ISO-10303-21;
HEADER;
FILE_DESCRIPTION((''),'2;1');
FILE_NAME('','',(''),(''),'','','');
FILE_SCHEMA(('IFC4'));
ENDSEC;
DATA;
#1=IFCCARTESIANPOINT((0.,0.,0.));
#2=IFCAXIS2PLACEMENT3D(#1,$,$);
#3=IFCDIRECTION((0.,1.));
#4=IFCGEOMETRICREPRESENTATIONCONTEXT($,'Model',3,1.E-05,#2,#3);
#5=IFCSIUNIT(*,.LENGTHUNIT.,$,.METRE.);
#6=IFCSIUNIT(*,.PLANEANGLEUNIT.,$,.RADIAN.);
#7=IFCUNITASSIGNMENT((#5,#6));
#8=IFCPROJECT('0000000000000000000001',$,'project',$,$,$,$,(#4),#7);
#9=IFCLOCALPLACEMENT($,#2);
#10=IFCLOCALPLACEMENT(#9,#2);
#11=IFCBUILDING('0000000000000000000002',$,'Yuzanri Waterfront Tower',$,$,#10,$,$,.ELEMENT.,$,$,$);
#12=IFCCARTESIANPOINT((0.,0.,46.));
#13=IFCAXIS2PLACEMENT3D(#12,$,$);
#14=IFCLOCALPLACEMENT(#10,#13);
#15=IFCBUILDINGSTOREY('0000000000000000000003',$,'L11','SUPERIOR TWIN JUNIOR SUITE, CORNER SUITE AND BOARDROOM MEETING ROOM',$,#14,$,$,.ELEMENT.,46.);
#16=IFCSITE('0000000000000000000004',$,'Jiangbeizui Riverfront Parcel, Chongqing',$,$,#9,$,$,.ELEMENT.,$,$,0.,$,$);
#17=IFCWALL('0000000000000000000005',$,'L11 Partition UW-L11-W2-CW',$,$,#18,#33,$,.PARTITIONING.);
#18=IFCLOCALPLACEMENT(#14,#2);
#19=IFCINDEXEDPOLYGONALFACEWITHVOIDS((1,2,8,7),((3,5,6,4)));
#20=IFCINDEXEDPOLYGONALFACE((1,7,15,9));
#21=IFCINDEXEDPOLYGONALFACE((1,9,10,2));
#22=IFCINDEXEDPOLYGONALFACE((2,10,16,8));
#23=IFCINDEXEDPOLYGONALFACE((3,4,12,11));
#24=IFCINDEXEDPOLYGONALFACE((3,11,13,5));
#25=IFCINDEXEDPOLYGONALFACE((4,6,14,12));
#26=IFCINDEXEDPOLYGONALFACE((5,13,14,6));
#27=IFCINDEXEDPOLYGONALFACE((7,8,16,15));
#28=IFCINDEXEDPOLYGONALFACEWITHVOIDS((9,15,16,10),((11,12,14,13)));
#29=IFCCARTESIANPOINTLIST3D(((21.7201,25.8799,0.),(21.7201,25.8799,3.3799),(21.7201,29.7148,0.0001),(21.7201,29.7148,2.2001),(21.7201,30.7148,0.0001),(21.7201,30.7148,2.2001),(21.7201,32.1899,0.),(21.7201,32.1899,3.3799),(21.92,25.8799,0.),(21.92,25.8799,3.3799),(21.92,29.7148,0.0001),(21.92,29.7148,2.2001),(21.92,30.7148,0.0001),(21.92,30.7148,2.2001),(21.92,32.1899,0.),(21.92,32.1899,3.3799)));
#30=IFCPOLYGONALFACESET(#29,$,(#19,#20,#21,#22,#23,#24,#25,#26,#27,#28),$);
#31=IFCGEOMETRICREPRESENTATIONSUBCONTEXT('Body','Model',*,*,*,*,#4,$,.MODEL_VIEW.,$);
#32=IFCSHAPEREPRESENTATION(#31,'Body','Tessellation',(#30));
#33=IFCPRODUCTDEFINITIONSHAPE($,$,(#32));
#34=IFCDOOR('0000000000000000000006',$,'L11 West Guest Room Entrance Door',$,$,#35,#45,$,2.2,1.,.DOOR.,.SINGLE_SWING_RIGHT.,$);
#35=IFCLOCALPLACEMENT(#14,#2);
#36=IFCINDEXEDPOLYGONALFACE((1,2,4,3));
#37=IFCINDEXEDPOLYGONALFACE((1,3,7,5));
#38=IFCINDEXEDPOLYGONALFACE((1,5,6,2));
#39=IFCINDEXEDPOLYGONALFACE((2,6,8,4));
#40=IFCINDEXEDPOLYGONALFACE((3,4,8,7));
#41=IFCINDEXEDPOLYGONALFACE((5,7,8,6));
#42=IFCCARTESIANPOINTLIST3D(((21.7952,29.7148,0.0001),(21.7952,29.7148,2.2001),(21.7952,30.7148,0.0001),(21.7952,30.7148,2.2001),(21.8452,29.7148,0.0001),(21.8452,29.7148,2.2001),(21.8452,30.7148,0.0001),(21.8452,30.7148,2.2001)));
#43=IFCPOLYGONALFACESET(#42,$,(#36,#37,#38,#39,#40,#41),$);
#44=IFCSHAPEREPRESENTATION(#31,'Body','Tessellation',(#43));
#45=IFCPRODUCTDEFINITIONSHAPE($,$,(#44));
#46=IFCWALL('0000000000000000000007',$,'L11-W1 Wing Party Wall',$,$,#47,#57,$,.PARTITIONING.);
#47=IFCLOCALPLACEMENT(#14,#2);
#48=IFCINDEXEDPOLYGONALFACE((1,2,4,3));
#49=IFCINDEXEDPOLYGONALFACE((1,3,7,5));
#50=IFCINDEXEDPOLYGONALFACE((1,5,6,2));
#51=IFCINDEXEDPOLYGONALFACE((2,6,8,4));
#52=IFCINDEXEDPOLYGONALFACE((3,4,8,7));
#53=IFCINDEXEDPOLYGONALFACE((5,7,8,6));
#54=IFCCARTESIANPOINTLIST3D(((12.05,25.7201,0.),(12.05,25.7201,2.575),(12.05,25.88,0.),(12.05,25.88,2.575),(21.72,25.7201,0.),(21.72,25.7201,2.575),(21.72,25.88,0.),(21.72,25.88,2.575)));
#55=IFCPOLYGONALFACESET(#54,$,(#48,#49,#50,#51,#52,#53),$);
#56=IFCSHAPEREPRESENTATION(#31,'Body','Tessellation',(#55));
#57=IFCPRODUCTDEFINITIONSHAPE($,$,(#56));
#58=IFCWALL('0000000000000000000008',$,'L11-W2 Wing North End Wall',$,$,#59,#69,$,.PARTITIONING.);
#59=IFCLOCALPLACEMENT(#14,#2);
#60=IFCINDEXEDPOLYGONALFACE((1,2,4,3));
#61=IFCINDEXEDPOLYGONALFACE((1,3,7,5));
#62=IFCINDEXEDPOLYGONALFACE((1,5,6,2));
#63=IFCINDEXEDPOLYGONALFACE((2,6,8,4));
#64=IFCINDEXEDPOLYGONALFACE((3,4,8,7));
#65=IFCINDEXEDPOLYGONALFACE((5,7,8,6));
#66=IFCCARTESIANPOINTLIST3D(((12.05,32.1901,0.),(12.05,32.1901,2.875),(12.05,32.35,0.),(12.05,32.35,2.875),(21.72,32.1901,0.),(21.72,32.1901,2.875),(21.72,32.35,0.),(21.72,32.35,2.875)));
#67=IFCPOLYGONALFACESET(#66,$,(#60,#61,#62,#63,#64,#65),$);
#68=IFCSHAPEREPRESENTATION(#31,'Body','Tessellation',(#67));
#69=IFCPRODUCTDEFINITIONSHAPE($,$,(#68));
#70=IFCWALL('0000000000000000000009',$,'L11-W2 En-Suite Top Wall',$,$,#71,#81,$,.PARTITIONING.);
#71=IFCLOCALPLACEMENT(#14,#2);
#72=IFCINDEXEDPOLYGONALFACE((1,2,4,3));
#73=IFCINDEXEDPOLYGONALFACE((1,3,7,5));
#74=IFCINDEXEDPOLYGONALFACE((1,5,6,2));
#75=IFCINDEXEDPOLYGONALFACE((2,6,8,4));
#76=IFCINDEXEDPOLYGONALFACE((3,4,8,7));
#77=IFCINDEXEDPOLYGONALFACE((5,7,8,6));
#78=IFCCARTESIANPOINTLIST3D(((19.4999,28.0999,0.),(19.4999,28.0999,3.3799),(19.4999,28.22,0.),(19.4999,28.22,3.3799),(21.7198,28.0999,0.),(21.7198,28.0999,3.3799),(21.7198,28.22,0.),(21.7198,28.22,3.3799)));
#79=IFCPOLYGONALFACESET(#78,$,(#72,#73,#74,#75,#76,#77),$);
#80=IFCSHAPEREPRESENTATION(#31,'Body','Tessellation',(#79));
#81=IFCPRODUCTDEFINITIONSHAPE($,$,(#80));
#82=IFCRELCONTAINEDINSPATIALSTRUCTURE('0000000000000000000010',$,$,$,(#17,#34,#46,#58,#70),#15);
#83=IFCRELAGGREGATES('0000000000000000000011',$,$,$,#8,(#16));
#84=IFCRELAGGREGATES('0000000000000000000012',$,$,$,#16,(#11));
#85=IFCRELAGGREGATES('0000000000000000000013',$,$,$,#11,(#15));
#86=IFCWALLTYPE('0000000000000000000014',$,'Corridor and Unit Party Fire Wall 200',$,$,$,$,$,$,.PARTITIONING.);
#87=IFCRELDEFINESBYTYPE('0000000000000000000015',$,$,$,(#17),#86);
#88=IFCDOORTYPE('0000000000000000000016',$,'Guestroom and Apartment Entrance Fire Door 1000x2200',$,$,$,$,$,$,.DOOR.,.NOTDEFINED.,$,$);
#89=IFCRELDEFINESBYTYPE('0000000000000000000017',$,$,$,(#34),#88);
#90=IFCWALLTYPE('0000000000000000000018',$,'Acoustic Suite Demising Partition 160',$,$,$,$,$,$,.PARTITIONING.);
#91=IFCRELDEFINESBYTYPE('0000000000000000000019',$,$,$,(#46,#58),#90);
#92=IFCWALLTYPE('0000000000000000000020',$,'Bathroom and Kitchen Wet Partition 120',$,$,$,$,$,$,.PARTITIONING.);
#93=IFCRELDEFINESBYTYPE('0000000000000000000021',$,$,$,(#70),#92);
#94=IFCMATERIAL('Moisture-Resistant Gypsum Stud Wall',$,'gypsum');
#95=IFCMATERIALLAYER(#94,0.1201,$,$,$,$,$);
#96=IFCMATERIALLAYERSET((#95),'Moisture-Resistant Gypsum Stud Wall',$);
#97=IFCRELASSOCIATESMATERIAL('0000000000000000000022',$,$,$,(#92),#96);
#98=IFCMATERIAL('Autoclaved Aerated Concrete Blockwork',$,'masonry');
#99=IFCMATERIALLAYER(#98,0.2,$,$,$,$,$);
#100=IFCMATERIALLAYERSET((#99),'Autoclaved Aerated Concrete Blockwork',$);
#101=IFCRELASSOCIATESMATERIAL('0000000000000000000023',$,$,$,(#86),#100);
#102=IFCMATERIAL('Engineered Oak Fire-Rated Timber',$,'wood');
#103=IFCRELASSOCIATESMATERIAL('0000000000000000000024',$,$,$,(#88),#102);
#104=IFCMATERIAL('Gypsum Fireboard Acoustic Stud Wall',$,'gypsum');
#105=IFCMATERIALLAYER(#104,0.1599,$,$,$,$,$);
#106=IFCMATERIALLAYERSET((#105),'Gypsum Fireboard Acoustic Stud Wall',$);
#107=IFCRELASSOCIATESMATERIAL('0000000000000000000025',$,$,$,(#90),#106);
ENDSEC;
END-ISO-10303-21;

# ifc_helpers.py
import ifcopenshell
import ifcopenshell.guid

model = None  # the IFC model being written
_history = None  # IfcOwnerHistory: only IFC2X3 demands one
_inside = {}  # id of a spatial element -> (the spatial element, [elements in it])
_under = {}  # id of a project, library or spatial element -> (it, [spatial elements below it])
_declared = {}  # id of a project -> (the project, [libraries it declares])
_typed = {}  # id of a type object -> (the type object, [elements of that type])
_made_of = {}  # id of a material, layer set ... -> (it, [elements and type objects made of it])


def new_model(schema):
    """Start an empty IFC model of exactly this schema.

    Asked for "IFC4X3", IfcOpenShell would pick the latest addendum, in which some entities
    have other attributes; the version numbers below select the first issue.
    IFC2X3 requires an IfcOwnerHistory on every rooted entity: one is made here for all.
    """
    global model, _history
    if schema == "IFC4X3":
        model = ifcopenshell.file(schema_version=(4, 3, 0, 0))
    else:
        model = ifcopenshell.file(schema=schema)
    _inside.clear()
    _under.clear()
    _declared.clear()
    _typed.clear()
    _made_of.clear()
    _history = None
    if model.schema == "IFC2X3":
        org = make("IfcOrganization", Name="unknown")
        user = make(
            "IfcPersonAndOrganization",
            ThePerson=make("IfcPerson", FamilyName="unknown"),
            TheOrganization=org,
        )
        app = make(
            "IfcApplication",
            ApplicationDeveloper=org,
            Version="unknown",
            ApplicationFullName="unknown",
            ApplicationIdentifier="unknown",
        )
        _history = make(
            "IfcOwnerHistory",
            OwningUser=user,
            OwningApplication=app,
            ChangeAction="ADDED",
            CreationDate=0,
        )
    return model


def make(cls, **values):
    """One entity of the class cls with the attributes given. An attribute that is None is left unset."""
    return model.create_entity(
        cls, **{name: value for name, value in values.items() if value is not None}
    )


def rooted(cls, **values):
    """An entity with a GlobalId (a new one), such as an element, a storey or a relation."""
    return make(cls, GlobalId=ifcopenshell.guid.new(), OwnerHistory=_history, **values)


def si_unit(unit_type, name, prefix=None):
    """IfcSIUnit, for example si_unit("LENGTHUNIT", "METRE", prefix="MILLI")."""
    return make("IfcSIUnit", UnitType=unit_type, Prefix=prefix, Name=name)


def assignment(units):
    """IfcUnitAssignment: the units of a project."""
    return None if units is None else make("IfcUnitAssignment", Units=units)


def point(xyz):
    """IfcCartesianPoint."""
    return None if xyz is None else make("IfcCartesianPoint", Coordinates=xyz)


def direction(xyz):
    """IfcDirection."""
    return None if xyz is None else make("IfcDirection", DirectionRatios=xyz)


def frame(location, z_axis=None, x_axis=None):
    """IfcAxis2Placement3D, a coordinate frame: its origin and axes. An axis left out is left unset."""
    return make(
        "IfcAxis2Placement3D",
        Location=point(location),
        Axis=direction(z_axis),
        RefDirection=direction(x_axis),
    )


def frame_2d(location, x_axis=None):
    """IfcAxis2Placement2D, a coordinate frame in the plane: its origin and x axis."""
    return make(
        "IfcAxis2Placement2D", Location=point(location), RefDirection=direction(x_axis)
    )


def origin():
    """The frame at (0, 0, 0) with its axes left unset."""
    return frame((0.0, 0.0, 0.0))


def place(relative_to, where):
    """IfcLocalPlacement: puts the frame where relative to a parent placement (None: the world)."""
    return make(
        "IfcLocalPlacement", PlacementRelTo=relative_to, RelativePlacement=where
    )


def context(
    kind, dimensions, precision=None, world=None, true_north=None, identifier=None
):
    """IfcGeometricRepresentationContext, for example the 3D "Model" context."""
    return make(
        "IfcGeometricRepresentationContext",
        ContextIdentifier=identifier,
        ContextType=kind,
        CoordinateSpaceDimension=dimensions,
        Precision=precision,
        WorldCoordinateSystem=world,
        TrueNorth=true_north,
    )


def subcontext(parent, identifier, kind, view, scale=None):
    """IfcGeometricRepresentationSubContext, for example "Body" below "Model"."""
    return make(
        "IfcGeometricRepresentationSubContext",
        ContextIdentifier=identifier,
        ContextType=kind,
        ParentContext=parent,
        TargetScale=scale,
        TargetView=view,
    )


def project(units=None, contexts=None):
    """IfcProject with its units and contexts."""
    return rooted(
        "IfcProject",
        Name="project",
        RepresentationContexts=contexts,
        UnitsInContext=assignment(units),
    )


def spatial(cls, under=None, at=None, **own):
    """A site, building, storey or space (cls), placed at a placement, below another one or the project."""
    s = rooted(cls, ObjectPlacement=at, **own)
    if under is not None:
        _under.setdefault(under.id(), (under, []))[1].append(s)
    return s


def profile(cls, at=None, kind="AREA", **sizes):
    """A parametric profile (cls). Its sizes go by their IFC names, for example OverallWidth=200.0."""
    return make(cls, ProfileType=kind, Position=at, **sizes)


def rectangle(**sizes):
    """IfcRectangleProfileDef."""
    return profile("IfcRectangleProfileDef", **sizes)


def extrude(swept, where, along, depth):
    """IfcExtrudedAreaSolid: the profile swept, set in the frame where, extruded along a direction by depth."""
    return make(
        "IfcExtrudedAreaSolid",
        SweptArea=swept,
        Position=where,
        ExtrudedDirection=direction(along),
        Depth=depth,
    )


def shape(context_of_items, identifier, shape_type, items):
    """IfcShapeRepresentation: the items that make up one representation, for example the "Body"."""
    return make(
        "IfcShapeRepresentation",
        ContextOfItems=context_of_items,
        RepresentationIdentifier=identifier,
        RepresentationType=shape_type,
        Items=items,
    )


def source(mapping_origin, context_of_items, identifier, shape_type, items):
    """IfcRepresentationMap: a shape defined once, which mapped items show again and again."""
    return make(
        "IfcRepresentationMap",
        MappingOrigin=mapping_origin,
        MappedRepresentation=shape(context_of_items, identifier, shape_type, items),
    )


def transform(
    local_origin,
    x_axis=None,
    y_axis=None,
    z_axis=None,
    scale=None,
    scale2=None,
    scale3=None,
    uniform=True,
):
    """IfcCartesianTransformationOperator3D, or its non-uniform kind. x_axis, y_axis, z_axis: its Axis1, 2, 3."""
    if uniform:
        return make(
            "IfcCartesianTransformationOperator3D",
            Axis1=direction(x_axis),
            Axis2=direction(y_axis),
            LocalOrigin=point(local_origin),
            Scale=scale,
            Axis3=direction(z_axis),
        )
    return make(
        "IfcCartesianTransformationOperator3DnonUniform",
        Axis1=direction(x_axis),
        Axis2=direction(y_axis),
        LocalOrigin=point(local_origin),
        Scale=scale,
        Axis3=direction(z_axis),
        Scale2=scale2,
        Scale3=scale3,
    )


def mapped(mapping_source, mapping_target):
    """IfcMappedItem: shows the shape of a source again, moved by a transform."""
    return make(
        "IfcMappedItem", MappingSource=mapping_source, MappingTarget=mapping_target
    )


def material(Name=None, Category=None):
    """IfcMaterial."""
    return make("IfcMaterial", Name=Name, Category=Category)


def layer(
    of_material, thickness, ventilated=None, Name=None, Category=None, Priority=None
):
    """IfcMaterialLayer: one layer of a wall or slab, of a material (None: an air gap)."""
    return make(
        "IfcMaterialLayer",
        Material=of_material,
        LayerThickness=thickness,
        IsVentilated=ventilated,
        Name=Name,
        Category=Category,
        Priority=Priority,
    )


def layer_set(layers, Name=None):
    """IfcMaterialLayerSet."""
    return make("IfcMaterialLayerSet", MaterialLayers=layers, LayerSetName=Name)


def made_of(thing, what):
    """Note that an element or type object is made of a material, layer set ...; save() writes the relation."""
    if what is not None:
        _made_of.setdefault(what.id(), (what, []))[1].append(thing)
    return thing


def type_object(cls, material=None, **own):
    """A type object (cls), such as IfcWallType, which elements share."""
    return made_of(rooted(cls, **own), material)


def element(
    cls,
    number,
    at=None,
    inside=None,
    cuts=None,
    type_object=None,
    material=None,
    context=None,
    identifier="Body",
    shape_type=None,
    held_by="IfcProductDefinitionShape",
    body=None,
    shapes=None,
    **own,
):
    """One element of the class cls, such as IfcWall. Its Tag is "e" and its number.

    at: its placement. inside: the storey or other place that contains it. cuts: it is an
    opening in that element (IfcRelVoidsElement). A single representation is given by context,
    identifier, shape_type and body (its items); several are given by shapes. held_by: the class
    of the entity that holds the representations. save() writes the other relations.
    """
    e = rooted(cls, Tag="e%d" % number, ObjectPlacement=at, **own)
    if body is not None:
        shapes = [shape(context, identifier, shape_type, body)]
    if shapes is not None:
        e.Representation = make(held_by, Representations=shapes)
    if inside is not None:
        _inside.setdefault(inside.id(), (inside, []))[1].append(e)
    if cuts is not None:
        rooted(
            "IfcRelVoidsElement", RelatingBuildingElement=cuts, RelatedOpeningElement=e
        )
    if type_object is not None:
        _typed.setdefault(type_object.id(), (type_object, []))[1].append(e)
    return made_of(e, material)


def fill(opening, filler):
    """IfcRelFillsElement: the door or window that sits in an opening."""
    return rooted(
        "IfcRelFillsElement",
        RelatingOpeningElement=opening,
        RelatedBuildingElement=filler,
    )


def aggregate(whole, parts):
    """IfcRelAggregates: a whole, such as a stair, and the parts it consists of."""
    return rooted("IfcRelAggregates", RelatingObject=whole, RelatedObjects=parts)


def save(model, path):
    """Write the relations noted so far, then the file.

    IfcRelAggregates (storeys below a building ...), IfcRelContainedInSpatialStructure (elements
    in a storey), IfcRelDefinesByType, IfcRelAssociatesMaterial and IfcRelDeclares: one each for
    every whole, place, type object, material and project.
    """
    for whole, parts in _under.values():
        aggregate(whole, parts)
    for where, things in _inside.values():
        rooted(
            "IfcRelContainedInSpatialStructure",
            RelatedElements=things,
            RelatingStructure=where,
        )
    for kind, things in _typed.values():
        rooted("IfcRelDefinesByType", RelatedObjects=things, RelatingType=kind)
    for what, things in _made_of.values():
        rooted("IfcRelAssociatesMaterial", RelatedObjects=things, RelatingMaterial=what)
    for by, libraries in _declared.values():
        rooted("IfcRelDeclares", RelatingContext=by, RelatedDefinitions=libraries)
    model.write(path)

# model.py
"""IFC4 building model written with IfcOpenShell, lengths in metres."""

from ifc_helpers import new_model, si_unit, direction, frame, frame_2d, origin, place, context, subcontext, project, spatial, rectangle, extrude, source, transform, mapped, material, layer, layer_set, type_object, element, fill, save


model = new_model("IFC4")

# Units and contexts
model_context = context("Model", 3, precision=1e-05, world=origin(), true_north=direction((0.0, 1.0)))
body_context = subcontext(model_context, "Body", "Model", "MODEL_VIEW")
ifc_project = project(units=[si_unit("LENGTHUNIT", "METRE"), si_unit("PLANEANGLEUNIT", "RADIAN")], contexts=[model_context])

# Site, building, storey
site_placement = place(None, origin())
site = spatial("IfcSite", under=ifc_project, at=site_placement, Name="Jiangbeizui Riverfront Parcel, Chongqing", CompositionType="ELEMENT", RefElevation=0.0)
building_placement = place(site_placement, origin())
building = spatial("IfcBuilding", under=site, at=building_placement, Name="Yuzanri Waterfront Tower", CompositionType="ELEMENT")
storey_placement = place(building_placement, frame((0.0, 0.0, 46.0)))
storey = spatial("IfcBuildingStorey", under=building, at=storey_placement, Name="L11", Description="SUPERIOR TWIN JUNIOR SUITE, CORNER SUITE AND BOARDROOM MEETING ROOM", CompositionType="ELEMENT", Elevation=46.0)

# Shared definitions
ifc_material_1 = material(Name="Moisture-Resistant Gypsum Stud Wall", Category="gypsum")
ifc_layer_1 = layer(ifc_material_1, 0.1201)
ifc_layer_set_1 = layer_set([ifc_layer_1], Name="Moisture-Resistant Gypsum Stud Wall")
wall_type_1 = type_object("IfcWallType", Name="Bathroom and Kitchen Wet Partition 120", PredefinedType="PARTITIONING", material=ifc_layer_set_1)

# Wall, opening, door
ifc_material_2 = material(Name="Autoclaved Aerated Concrete Blockwork", Category="masonry")
ifc_layer_2 = layer(ifc_material_2, 0.2)
ifc_layer_set_2 = layer_set([ifc_layer_2], Name="Autoclaved Aerated Concrete Blockwork")
wall_type_2 = type_object("IfcWallType", Name="Corridor and Unit Party Fire Wall 200", PredefinedType="PARTITIONING", material=ifc_layer_set_2)
ifc_material_3 = material(Name="Engineered Oak Fire-Rated Timber", Category="wood")
door_type_1 = type_object("IfcDoorType", Name="Guestroom and Apartment Entrance Fire Door 1000x2200", OperationType="NOTDEFINED", PredefinedType="DOOR", material=ifc_material_3)
shared_shape_1 = source(origin(), body_context, "Body", "SweptSolid", [
    extrude(rectangle(XDim=1.0, YDim=2.2, at=frame_2d((0.5, 1.1001))), frame((0.0, 0.0249, 0.0), z_axis=(0.0, -1.0, 0.0), x_axis=(1.0, 0.0, 0.0)), (0.0, 0.0, 1.0), 0.05),
])
wall_1_placement = place(storey_placement, frame((21.8201, 25.8799, 0.0), z_axis=(0.0, 0.0, 1.0), x_axis=(0.0, 1.0, 0.0)))
wall_1 = element("IfcWall", 1, at=wall_1_placement, inside=storey, type_object=wall_type_2, Name="L11 Partition UW-L11-W2-CW", PredefinedType="PARTITIONING", context=body_context, shape_type="SweptSolid", body=[
    extrude(rectangle(XDim=6.3101, YDim=0.2, at=frame_2d((3.155, 0.0))), origin(), (0.0, 0.0, 1.0), 3.3799),
])
opening_1_placement = place(wall_1_placement, frame((3.835, 0.0, 0.0)))
opening_1 = element("IfcOpeningElement", 2, at=opening_1_placement, cuts=wall_1, PredefinedType="OPENING", context=body_context, shape_type="SweptSolid", body=[
    extrude(rectangle(XDim=1.0, YDim=2.2, at=frame_2d((0.5, 1.1001))), frame((0.0, 0.1147, 0.0), z_axis=(0.0, -1.0, 0.0), x_axis=(1.0, 0.0, 0.0)), (0.0, 0.0, 1.0), 0.2297),
])
door_1_placement = place(opening_1_placement, origin())
door_1 = element("IfcDoor", 3, at=door_1_placement, inside=storey, type_object=door_type_1, Name="L11 West Guest Room Entrance Door", OperationType="SINGLE_SWING_RIGHT", OverallHeight=2.2, OverallWidth=1.0, PredefinedType="DOOR", context=body_context, shape_type="MappedRepresentation", body=[
    mapped(shared_shape_1, transform((0.0, 0.0, 0.0), scale=1.0)),
])
fill(opening_1, door_1)

# Walls
ifc_material_4 = material(Name="Gypsum Fireboard Acoustic Stud Wall", Category="gypsum")
ifc_layer_3 = layer(ifc_material_4, 0.1599)
ifc_layer_set_3 = layer_set([ifc_layer_3], Name="Gypsum Fireboard Acoustic Stud Wall")
wall_type_3 = type_object("IfcWallType", Name="Acoustic Suite Demising Partition 160", PredefinedType="PARTITIONING", material=ifc_layer_set_3)
shared_shape_2 = source(origin(), body_context, "Body", "SweptSolid", [
    extrude(rectangle(XDim=9.6699, YDim=0.1599, at=frame_2d((4.835, 0.0))), origin(), (0.0, 0.0, 1.0), 2.575),
])
wall_2_placement = place(storey_placement, frame((12.05, 25.8, 0.0), z_axis=(0.0, 0.0, 1.0), x_axis=(1.0, 0.0, 0.0)))
element("IfcWall", 4, at=wall_2_placement, inside=storey, type_object=wall_type_3, Name="L11-W1 Wing Party Wall", PredefinedType="PARTITIONING", context=body_context, shape_type="MappedRepresentation", body=[
    mapped(shared_shape_2, transform((0.0, 0.0, 0.0), scale=1.0)),
])
shared_shape_3 = source(origin(), body_context, "Body", "SweptSolid", [
    extrude(rectangle(XDim=9.6699, YDim=0.1599, at=frame_2d((4.835, 0.0))), origin(), (0.0, 0.0, 1.0), 2.875),
])
wall_3_placement = place(storey_placement, frame((12.05, 32.27, 0.0), z_axis=(0.0, 0.0, 1.0), x_axis=(1.0, 0.0, 0.0)))
element("IfcWall", 5, at=wall_3_placement, inside=storey, type_object=wall_type_3, Name="L11-W2 Wing North End Wall", PredefinedType="PARTITIONING", context=body_context, shape_type="MappedRepresentation", body=[
    mapped(shared_shape_3, transform((0.0, 0.0, 0.0), scale=1.0)),
])
shared_shape_4 = source(origin(), body_context, "Body", "SweptSolid", [
    extrude(rectangle(XDim=2.22, YDim=0.1201, at=frame_2d((1.1099, 0.0))), origin(), (0.0, 0.0, 1.0), 3.3799),
])
wall_4_placement = place(storey_placement, frame((19.5, 28.1599, 0.0), z_axis=(0.0, 0.0, 1.0), x_axis=(1.0, 0.0, 0.0)))
element("IfcWall", 6, at=wall_4_placement, inside=storey, type_object=wall_type_1, Name="L11-W2 En-Suite Top Wall", PredefinedType="PARTITIONING", context=body_context, shape_type="MappedRepresentation", body=[
    mapped(shared_shape_4, transform((0.0, 0.0, 0.0), scale=1.0)),
])

save(model, "model.ifc")
